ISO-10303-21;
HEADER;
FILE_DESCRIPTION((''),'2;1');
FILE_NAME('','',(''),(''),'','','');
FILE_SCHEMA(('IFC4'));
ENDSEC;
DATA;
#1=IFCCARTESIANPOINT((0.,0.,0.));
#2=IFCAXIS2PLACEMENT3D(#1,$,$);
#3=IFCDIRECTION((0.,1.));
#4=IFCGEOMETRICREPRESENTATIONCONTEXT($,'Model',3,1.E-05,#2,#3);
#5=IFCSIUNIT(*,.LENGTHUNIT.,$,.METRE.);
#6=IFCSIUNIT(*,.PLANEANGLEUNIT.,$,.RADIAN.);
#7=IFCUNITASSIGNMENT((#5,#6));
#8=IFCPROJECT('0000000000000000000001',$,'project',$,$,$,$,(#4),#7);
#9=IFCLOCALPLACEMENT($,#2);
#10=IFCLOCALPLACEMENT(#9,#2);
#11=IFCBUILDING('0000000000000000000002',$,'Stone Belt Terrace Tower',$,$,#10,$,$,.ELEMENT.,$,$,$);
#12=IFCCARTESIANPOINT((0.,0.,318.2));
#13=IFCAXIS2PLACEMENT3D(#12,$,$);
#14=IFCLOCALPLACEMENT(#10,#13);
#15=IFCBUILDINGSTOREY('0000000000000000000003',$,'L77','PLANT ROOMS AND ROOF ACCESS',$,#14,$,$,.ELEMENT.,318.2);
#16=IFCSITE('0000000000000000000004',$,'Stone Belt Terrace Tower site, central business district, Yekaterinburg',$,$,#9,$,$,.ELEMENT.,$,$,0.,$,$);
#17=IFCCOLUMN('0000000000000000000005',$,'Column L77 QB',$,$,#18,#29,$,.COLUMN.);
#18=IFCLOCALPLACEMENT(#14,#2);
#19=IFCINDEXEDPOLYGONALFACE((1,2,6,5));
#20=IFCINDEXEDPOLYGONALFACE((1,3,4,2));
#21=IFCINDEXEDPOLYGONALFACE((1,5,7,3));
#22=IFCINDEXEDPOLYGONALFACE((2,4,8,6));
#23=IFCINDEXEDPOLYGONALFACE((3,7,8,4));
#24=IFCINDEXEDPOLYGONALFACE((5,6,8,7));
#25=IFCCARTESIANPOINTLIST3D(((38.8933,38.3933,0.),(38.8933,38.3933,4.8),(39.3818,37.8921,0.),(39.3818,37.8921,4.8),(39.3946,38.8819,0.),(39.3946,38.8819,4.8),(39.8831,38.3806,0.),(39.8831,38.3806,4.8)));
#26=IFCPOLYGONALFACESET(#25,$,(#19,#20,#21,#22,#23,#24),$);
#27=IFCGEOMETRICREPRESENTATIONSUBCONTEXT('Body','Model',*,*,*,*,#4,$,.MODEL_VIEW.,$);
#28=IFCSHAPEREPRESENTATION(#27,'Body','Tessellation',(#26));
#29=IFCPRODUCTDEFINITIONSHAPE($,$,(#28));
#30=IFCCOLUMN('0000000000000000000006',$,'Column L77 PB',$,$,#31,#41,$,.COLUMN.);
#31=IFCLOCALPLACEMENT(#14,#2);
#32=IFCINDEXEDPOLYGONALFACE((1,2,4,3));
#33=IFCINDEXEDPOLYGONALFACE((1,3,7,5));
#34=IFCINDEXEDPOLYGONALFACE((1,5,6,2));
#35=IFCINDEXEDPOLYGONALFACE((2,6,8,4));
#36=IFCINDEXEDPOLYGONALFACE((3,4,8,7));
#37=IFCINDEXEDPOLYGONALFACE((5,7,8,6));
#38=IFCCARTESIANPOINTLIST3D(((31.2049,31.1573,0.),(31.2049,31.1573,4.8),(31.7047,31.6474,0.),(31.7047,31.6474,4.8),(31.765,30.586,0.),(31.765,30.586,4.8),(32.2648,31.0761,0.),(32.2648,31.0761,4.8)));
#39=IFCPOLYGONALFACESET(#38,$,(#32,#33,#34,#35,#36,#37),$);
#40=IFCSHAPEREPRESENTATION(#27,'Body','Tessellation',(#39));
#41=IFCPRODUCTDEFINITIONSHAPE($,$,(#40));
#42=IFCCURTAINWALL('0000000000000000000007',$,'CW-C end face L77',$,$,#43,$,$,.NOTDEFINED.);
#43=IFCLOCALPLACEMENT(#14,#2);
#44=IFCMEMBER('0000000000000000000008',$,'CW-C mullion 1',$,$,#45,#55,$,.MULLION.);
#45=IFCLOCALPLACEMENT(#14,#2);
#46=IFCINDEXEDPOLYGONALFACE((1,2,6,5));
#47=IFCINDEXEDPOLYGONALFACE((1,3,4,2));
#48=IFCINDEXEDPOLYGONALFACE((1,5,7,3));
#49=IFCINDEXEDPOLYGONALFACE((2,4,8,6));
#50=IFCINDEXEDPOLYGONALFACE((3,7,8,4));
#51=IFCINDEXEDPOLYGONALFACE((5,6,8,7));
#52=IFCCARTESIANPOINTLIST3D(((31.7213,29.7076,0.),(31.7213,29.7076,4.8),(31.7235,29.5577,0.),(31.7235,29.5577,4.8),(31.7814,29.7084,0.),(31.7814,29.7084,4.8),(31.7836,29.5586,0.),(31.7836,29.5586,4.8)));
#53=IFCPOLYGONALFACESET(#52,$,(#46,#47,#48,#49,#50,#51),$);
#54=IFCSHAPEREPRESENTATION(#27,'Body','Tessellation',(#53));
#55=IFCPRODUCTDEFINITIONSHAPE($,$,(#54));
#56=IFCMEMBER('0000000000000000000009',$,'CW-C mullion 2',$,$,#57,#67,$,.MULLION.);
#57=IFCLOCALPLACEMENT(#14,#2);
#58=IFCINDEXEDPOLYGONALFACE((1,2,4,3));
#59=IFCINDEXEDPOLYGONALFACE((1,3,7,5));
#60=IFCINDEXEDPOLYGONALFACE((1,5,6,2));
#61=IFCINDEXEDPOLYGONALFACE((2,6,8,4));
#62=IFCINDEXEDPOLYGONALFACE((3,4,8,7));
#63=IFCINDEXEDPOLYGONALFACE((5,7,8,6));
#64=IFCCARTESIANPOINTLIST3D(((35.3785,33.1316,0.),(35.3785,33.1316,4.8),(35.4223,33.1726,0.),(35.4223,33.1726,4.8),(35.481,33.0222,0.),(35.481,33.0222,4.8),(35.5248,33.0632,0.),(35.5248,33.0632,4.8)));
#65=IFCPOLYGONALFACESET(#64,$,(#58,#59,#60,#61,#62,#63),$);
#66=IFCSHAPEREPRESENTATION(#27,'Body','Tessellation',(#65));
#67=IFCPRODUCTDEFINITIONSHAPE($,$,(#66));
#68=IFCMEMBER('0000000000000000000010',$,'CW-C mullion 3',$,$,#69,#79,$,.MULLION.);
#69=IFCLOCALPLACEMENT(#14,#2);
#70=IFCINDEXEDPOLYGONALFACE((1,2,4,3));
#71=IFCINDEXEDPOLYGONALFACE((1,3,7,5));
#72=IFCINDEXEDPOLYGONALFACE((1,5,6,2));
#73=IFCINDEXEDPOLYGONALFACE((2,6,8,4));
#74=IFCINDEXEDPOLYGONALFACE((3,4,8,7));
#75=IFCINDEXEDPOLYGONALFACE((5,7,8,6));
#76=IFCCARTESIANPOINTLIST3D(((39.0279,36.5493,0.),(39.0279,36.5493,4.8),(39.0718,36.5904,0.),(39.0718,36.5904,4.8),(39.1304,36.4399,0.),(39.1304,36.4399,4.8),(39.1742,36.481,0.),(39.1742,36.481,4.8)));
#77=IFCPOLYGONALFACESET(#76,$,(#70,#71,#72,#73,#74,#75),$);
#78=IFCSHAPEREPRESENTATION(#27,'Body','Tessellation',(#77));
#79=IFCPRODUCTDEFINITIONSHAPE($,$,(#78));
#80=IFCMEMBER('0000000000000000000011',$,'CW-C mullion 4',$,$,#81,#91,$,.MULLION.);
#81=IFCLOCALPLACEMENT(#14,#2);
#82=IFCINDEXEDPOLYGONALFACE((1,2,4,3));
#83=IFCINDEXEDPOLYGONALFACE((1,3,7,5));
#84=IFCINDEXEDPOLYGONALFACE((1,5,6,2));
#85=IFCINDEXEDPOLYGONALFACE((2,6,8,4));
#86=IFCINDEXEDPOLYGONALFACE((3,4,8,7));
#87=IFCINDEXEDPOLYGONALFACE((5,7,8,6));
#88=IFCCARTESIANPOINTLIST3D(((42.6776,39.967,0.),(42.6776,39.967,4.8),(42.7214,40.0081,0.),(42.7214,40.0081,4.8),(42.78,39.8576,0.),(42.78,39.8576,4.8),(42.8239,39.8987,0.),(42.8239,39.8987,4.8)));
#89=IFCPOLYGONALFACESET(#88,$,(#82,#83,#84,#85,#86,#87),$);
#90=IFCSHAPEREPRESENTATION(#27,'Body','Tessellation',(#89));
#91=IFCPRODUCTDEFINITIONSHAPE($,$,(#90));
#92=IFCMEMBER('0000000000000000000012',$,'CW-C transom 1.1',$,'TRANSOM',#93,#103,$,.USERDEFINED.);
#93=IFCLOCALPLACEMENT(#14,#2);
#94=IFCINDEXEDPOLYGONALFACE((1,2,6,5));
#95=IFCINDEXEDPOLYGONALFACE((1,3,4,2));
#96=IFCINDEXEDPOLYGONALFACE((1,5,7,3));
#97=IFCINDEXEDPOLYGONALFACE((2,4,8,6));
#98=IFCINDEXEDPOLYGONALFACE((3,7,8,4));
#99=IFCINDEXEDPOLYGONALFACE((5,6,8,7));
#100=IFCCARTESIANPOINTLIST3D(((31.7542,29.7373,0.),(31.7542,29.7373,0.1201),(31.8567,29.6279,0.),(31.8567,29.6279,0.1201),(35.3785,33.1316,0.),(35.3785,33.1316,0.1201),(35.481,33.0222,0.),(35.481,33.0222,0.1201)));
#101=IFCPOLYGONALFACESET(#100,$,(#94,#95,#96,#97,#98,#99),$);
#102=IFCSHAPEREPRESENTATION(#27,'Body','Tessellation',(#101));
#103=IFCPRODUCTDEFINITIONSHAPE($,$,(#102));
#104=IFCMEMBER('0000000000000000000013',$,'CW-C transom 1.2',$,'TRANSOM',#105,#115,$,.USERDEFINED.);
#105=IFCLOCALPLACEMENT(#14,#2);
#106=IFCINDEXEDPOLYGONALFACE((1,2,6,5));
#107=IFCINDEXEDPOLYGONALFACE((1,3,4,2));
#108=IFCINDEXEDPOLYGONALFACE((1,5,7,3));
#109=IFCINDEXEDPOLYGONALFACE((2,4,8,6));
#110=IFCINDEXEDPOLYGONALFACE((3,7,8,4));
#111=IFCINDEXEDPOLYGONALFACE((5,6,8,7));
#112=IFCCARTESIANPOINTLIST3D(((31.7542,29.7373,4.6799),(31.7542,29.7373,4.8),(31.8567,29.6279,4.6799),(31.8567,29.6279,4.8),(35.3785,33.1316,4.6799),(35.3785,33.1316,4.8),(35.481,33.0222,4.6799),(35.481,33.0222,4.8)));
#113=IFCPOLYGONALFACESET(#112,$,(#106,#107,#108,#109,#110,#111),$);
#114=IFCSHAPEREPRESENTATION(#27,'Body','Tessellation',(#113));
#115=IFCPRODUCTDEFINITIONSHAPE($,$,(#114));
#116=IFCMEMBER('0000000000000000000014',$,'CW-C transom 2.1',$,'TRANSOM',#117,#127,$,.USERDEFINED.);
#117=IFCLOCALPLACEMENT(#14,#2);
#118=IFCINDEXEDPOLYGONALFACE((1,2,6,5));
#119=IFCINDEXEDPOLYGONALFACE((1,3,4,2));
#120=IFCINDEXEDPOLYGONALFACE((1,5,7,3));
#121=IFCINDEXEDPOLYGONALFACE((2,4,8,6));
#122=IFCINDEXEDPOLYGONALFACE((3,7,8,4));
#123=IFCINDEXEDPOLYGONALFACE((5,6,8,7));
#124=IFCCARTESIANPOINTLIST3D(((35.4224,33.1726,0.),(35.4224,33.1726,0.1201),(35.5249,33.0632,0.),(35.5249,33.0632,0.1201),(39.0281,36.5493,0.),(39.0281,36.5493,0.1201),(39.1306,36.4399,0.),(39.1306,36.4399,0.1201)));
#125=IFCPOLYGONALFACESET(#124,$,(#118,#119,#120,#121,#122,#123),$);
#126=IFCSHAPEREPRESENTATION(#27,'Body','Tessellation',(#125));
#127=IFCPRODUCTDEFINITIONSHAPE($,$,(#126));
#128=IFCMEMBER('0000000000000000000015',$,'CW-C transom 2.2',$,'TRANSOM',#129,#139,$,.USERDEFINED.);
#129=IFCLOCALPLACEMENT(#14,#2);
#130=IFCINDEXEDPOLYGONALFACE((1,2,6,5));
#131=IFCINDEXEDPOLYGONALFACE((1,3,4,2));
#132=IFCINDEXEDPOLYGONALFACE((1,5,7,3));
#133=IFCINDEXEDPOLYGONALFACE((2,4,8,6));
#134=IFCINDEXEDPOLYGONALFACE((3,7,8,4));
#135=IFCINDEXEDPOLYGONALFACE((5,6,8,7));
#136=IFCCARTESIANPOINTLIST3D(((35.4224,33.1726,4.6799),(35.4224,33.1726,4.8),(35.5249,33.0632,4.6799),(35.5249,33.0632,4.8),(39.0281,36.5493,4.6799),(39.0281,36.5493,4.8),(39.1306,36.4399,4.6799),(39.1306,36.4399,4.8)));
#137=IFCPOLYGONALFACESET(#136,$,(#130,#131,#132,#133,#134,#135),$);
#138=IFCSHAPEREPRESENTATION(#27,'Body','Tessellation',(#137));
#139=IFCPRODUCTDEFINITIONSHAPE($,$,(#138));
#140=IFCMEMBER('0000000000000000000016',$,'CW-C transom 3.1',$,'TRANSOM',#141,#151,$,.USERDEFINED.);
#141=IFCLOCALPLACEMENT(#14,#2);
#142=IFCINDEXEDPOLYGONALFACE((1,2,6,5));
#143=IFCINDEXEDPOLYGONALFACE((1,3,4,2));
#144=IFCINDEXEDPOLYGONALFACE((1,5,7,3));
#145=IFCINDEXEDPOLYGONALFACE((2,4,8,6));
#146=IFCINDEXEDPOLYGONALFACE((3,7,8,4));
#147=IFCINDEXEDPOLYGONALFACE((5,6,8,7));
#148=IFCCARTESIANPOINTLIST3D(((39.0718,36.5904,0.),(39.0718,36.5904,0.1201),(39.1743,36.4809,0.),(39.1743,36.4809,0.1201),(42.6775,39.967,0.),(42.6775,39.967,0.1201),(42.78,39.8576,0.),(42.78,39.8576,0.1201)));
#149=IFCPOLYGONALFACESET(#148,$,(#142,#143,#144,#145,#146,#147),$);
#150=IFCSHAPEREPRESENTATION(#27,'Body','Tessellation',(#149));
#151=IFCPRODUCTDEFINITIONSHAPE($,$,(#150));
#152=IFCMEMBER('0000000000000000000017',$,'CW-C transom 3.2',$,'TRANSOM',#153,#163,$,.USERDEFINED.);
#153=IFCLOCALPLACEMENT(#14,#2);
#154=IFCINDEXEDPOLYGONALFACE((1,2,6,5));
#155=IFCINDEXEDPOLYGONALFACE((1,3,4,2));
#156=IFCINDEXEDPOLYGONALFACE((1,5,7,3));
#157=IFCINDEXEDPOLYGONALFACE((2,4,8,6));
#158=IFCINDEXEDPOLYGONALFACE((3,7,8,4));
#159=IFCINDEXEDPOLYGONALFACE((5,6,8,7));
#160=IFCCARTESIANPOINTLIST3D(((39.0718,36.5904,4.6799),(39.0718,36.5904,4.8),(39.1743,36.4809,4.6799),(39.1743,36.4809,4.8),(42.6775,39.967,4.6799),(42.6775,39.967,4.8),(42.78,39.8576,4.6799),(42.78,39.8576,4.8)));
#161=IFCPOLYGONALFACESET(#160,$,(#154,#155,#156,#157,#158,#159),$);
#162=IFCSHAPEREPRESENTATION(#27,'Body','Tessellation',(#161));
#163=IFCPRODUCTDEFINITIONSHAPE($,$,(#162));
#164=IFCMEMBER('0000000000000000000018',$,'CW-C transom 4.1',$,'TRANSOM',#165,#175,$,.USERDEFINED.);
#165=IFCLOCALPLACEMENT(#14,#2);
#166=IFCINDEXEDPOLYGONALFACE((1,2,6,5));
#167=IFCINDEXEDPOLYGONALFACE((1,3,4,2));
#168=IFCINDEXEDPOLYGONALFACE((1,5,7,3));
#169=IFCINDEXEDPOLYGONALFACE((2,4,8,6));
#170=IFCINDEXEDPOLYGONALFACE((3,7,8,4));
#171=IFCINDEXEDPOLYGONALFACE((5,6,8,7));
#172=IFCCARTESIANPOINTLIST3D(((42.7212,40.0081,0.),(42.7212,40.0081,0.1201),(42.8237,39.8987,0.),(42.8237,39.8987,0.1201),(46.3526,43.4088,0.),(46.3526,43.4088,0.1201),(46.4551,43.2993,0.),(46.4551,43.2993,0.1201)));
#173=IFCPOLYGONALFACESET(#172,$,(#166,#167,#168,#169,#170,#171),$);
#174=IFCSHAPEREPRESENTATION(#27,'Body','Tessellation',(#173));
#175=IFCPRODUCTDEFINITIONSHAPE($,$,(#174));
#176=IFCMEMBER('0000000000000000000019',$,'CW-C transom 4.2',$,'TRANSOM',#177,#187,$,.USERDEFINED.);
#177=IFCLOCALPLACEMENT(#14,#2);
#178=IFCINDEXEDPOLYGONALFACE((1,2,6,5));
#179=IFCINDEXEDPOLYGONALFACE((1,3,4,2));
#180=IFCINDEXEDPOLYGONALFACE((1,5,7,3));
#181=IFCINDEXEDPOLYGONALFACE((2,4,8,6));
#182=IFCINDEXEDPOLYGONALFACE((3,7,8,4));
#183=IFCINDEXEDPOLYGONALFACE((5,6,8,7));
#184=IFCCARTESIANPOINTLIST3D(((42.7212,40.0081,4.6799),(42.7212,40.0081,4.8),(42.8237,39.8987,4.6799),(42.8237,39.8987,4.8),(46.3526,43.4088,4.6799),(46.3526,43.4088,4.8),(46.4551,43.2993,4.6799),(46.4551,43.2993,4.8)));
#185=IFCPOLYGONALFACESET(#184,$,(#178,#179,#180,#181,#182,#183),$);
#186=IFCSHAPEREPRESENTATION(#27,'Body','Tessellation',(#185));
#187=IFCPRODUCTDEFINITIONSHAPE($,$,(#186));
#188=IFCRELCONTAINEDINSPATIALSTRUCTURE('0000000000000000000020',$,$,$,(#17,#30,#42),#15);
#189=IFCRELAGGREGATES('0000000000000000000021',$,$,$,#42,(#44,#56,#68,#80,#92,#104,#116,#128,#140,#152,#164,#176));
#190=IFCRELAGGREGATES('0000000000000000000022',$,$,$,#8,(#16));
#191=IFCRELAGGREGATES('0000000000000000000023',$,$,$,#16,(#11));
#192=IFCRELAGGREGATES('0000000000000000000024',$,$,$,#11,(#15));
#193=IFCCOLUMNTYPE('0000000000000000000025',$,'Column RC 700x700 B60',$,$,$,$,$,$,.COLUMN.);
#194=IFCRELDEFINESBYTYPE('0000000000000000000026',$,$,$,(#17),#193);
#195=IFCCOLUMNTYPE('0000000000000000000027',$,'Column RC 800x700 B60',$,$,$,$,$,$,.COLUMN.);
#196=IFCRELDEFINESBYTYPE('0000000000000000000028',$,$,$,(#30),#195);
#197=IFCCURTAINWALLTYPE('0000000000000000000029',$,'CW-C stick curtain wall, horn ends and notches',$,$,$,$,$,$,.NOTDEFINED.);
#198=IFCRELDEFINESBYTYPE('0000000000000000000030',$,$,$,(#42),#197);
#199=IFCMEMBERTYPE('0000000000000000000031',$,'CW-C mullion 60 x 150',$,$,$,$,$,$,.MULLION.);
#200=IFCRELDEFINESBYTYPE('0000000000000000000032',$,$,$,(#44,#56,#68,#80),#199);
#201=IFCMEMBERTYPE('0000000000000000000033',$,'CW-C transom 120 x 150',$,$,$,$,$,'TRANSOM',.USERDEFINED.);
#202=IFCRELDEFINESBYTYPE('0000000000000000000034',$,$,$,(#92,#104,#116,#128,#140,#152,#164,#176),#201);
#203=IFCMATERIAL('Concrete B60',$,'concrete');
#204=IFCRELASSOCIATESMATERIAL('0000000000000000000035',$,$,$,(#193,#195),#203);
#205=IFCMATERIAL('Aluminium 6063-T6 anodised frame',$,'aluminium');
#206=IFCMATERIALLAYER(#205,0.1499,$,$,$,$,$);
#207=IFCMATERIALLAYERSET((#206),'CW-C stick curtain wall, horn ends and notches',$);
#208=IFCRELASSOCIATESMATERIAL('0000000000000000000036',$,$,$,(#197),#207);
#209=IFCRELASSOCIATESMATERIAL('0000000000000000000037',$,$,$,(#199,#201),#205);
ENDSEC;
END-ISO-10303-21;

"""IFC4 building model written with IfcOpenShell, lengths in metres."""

from ifc_helpers import new_model, si_unit, direction, frame, origin, origin_2d, place, context, subcontext, project, spatial, rectangle, extrude, material, layer, layer_set, material_profile, profile_set, type_object, element, aggregate, save


model = new_model("IFC4")

# Units and contexts
model_context = context("Model", 3, precision=1e-05, world=origin(), true_north=direction((0.0, 1.0)))
body_context = subcontext(model_context, "Body", "Model", "MODEL_VIEW")
ifc_project = project(units=[si_unit("LENGTHUNIT", "METRE"), si_unit("PLANEANGLEUNIT", "RADIAN")], contexts=[model_context])

# Site, building, storey
site_placement = place(None, origin())
site = spatial("IfcSite", under=ifc_project, at=site_placement, Name="Stone Belt Terrace Tower site, central business district, Yekaterinburg", CompositionType="ELEMENT", RefElevation=0.0)
building_placement = place(site_placement, origin())
building = spatial("IfcBuilding", under=site, at=building_placement, Name="Stone Belt Terrace Tower", CompositionType="ELEMENT")
storey_placement = place(building_placement, frame((0.0, 0.0, 318.2)))
storey = spatial("IfcBuildingStorey", under=building, at=storey_placement, Name="L77", Description="PLANT ROOMS AND ROOF ACCESS", CompositionType="ELEMENT", Elevation=318.2)

# Columns
ifc_material_1 = material(Name="Concrete B60", Category="concrete")
ifc_material_profile_1 = material_profile(ifc_material_1, rectangle(XDim=0.7, YDim=0.7, at=origin_2d()), Name="RC 700x700")
ifc_profile_set_1 = profile_set([ifc_material_profile_1], Name="Concrete B60")
column_type_1 = type_object("IfcColumnType", Name="Column RC 700x700 B60", PredefinedType="COLUMN", material=ifc_profile_set_1)
column_1_placement = place(storey_placement, frame((39.3882, 38.387, 0.0), z_axis=(0.0, 0.0, 1.0), x_axis=(0.697944, -0.716152, 0.0)))
element("IfcColumn", 1, at=column_1_placement, inside=storey, type_object=column_type_1, Name="Column L77 QB", PredefinedType="COLUMN", context=body_context, shape_type="SweptSolid", body=[
    extrude(rectangle(XDim=0.7, YDim=0.7, at=origin_2d()), origin(), (0.0, 0.0, 1.0), 4.8),
])
ifc_material_profile_2 = material_profile(ifc_material_1, rectangle(XDim=0.8, YDim=0.7, at=origin_2d()), Name="RC 800x700")
ifc_profile_set_2 = profile_set([ifc_material_profile_2], Name="Concrete B60")
column_type_2 = type_object("IfcColumnType", Name="Column RC 800x700 B60", PredefinedType="COLUMN", material=ifc_profile_set_2)
column_2_placement = place(storey_placement, frame((31.7349, 31.1167, 0.0), z_axis=(0.0, 0.0, 1.0), x_axis=(0.70012, -0.714026, 0.0)))
element("IfcColumn", 2, at=column_2_placement, inside=storey, type_object=column_type_2, Name="Column L77 PB", PredefinedType="COLUMN", context=body_context, shape_type="SweptSolid", body=[
    extrude(rectangle(XDim=0.8, YDim=0.7, at=origin_2d()), origin(), (0.0, 0.0, 1.0), 4.8),
])

# Curtain wall, members
ifc_material_2 = material(Name="Aluminium 6063-T6 anodised frame", Category="aluminium")
ifc_layer_1 = layer(ifc_material_2, 0.1499)
ifc_layer_set_1 = layer_set([ifc_layer_1], Name="CW-C stick curtain wall, horn ends and notches")
curtain_wall_type = type_object("IfcCurtainWallType", Name="CW-C stick curtain wall, horn ends and notches", PredefinedType="NOTDEFINED", material=ifc_layer_set_1)
curtain_wall_1_placement = place(storey_placement, origin())
curtain_wall_1 = element("IfcCurtainWall", 3, at=curtain_wall_1_placement, inside=storey, type_object=curtain_wall_type, Name="CW-C end face L77", PredefinedType="NOTDEFINED")
ifc_material_profile_3 = material_profile(ifc_material_2, rectangle(XDim=0.1499, YDim=0.0601, at=origin_2d()), Name="Aluminium 6063-T6 60x150")
ifc_profile_set_3 = profile_set([ifc_material_profile_3], Name="Aluminium 6063-T6 anodised frame")
member_type_1 = type_object("IfcMemberType", Name="CW-C mullion 60 x 150", PredefinedType="MULLION", material=ifc_profile_set_3)
member_1_placement = place(storey_placement, frame((31.7524, 29.6331, 0.0), z_axis=(0.0, 0.0, 1.0), x_axis=(-0.014682, 0.999892, 0.0)))
member_1 = element("IfcMember", 4, at=member_1_placement, type_object=member_type_1, Name="CW-C mullion 1", PredefinedType="MULLION", context=body_context, shape_type="SweptSolid", body=[
    extrude(rectangle(XDim=0.1499, YDim=0.0601, at=origin_2d()), origin(), (0.0, 0.0, 1.0), 4.8),
])
member_2_placement = place(storey_placement, frame((35.4517, 33.0974, 0.0), z_axis=(0.0, 0.0, 1.0), x_axis=(-0.683549, 0.729904, 0.0)))
member_2 = element("IfcMember", 5, at=member_2_placement, type_object=member_type_1, Name="CW-C mullion 2", PredefinedType="MULLION", context=body_context, shape_type="SweptSolid", body=[
    extrude(rectangle(XDim=0.1499, YDim=0.0601, at=origin_2d()), origin(), (0.0, 0.0, 1.0), 4.8),
])
member_3_placement = place(storey_placement, frame((39.1011, 36.5151, 0.0), z_axis=(0.0, 0.0, 1.0), x_axis=(-0.683549, 0.729904, 0.0)))
member_3 = element("IfcMember", 6, at=member_3_placement, type_object=member_type_1, Name="CW-C mullion 3", PredefinedType="MULLION", context=body_context, shape_type="SweptSolid", body=[
    extrude(rectangle(XDim=0.1499, YDim=0.0601, at=origin_2d()), origin(), (0.0, 0.0, 1.0), 4.8),
])
member_4_placement = place(storey_placement, frame((42.7507, 39.9329, 0.0), z_axis=(0.0, 0.0, 1.0), x_axis=(-0.683549, 0.729904, 0.0)))
member_4 = element("IfcMember", 7, at=member_4_placement, type_object=member_type_1, Name="CW-C mullion 4", PredefinedType="MULLION", context=body_context, shape_type="SweptSolid", body=[
    extrude(rectangle(XDim=0.1499, YDim=0.0601, at=origin_2d()), origin(), (0.0, 0.0, 1.0), 4.8),
])
ifc_material_profile_4 = material_profile(ifc_material_2, rectangle(XDim=0.1499, YDim=0.1201, at=origin_2d()), Name="Aluminium 6063-T6 150x120")
ifc_profile_set_4 = profile_set([ifc_material_profile_4], Name="Aluminium 6063-T6 anodised frame")
member_type_2 = type_object("IfcMemberType", Name="CW-C transom 120 x 150", ElementType="TRANSOM", PredefinedType="USERDEFINED", material=ifc_profile_set_4)
member_5_placement = place(storey_placement, frame((31.8054, 29.6826, 0.0601), z_axis=(0.729885, 0.68357, 0.0), x_axis=(-0.68357, 0.729885, 0.0)))
member_5 = element("IfcMember", 8, at=member_5_placement, type_object=member_type_2, Name="CW-C transom 1.1", ObjectType="TRANSOM", PredefinedType="USERDEFINED", context=body_context, shape_type="SweptSolid", body=[
    extrude(rectangle(XDim=0.1499, YDim=0.1201, at=origin_2d()), origin(), (0.0, 0.0, 1.0), 4.9656),
])
member_6_placement = place(storey_placement, frame((31.8054, 29.6826, 4.74), z_axis=(0.729885, 0.68357, 0.0), x_axis=(-0.68357, 0.729885, 0.0)))
member_6 = element("IfcMember", 9, at=member_6_placement, type_object=member_type_2, Name="CW-C transom 1.2", ObjectType="TRANSOM", PredefinedType="USERDEFINED", context=body_context, shape_type="SweptSolid", body=[
    extrude(rectangle(XDim=0.1499, YDim=0.1201, at=origin_2d()), origin(), (0.0, 0.0, 1.0), 4.9656),
])
member_7_placement = place(storey_placement, frame((35.4736, 33.1179, 0.0601), z_axis=(0.729905, 0.683548, 0.0), x_axis=(-0.683548, 0.729905, 0.0)))
member_7 = element("IfcMember", 10, at=member_7_placement, type_object=member_type_2, Name="CW-C transom 2.1", ObjectType="TRANSOM", PredefinedType="USERDEFINED", context=body_context, shape_type="SweptSolid", body=[
    extrude(rectangle(XDim=0.1499, YDim=0.1201, at=origin_2d()), origin(), (0.0, 0.0, 1.0), 4.9399),
])
member_8_placement = place(storey_placement, frame((35.4736, 33.1179, 4.74), z_axis=(0.729905, 0.683548, 0.0), x_axis=(-0.683548, 0.729905, 0.0)))
member_8 = element("IfcMember", 11, at=member_8_placement, type_object=member_type_2, Name="CW-C transom 2.2", ObjectType="TRANSOM", PredefinedType="USERDEFINED", context=body_context, shape_type="SweptSolid", body=[
    extrude(rectangle(XDim=0.1499, YDim=0.1201, at=origin_2d()), origin(), (0.0, 0.0, 1.0), 4.9399),
])
member_9_placement = place(storey_placement, frame((39.123, 36.5356, 0.0601), z_axis=(0.729905, 0.683548, 0.0), x_axis=(-0.683548, 0.729905, 0.0)))
member_9 = element("IfcMember", 12, at=member_9_placement, type_object=member_type_2, Name="CW-C transom 3.1", ObjectType="TRANSOM", PredefinedType="USERDEFINED", context=body_context, shape_type="SweptSolid", body=[
    extrude(rectangle(XDim=0.1499, YDim=0.1201, at=origin_2d()), origin(), (0.0, 0.0, 1.0), 4.9399),
])
member_10_placement = place(storey_placement, frame((39.123, 36.5356, 4.74), z_axis=(0.729905, 0.683548, 0.0), x_axis=(-0.683548, 0.729905, 0.0)))
member_10 = element("IfcMember", 13, at=member_10_placement, type_object=member_type_2, Name="CW-C transom 3.2", ObjectType="TRANSOM", PredefinedType="USERDEFINED", context=body_context, shape_type="SweptSolid", body=[
    extrude(rectangle(XDim=0.1499, YDim=0.1201, at=origin_2d()), origin(), (0.0, 0.0, 1.0), 4.9399),
])
member_11_placement = place(storey_placement, frame((42.7725, 39.9534, 0.0601), z_axis=(0.729914, 0.683539, 0.0), x_axis=(-0.683539, 0.729914, 0.0)))
member_11 = element("IfcMember", 14, at=member_11_placement, type_object=member_type_2, Name="CW-C transom 4.1", ObjectType="TRANSOM", PredefinedType="USERDEFINED", context=body_context, shape_type="SweptSolid", body=[
    extrude(rectangle(XDim=0.1499, YDim=0.1201, at=origin_2d()), origin(), (0.0, 0.0, 1.0), 4.9751),
])
member_12_placement = place(storey_placement, frame((42.7725, 39.9534, 4.74), z_axis=(0.729914, 0.683539, 0.0), x_axis=(-0.683539, 0.729914, 0.0)))
member_12 = element("IfcMember", 15, at=member_12_placement, type_object=member_type_2, Name="CW-C transom 4.2", ObjectType="TRANSOM", PredefinedType="USERDEFINED", context=body_context, shape_type="SweptSolid", body=[
    extrude(rectangle(XDim=0.1499, YDim=0.1201, at=origin_2d()), origin(), (0.0, 0.0, 1.0), 4.9751),
])

aggregate(curtain_wall_1, [member_1, member_2, member_3, member_4, member_5, member_6, member_7, member_8, member_9, member_10, member_11, member_12])

save(model, "model.ifc")
